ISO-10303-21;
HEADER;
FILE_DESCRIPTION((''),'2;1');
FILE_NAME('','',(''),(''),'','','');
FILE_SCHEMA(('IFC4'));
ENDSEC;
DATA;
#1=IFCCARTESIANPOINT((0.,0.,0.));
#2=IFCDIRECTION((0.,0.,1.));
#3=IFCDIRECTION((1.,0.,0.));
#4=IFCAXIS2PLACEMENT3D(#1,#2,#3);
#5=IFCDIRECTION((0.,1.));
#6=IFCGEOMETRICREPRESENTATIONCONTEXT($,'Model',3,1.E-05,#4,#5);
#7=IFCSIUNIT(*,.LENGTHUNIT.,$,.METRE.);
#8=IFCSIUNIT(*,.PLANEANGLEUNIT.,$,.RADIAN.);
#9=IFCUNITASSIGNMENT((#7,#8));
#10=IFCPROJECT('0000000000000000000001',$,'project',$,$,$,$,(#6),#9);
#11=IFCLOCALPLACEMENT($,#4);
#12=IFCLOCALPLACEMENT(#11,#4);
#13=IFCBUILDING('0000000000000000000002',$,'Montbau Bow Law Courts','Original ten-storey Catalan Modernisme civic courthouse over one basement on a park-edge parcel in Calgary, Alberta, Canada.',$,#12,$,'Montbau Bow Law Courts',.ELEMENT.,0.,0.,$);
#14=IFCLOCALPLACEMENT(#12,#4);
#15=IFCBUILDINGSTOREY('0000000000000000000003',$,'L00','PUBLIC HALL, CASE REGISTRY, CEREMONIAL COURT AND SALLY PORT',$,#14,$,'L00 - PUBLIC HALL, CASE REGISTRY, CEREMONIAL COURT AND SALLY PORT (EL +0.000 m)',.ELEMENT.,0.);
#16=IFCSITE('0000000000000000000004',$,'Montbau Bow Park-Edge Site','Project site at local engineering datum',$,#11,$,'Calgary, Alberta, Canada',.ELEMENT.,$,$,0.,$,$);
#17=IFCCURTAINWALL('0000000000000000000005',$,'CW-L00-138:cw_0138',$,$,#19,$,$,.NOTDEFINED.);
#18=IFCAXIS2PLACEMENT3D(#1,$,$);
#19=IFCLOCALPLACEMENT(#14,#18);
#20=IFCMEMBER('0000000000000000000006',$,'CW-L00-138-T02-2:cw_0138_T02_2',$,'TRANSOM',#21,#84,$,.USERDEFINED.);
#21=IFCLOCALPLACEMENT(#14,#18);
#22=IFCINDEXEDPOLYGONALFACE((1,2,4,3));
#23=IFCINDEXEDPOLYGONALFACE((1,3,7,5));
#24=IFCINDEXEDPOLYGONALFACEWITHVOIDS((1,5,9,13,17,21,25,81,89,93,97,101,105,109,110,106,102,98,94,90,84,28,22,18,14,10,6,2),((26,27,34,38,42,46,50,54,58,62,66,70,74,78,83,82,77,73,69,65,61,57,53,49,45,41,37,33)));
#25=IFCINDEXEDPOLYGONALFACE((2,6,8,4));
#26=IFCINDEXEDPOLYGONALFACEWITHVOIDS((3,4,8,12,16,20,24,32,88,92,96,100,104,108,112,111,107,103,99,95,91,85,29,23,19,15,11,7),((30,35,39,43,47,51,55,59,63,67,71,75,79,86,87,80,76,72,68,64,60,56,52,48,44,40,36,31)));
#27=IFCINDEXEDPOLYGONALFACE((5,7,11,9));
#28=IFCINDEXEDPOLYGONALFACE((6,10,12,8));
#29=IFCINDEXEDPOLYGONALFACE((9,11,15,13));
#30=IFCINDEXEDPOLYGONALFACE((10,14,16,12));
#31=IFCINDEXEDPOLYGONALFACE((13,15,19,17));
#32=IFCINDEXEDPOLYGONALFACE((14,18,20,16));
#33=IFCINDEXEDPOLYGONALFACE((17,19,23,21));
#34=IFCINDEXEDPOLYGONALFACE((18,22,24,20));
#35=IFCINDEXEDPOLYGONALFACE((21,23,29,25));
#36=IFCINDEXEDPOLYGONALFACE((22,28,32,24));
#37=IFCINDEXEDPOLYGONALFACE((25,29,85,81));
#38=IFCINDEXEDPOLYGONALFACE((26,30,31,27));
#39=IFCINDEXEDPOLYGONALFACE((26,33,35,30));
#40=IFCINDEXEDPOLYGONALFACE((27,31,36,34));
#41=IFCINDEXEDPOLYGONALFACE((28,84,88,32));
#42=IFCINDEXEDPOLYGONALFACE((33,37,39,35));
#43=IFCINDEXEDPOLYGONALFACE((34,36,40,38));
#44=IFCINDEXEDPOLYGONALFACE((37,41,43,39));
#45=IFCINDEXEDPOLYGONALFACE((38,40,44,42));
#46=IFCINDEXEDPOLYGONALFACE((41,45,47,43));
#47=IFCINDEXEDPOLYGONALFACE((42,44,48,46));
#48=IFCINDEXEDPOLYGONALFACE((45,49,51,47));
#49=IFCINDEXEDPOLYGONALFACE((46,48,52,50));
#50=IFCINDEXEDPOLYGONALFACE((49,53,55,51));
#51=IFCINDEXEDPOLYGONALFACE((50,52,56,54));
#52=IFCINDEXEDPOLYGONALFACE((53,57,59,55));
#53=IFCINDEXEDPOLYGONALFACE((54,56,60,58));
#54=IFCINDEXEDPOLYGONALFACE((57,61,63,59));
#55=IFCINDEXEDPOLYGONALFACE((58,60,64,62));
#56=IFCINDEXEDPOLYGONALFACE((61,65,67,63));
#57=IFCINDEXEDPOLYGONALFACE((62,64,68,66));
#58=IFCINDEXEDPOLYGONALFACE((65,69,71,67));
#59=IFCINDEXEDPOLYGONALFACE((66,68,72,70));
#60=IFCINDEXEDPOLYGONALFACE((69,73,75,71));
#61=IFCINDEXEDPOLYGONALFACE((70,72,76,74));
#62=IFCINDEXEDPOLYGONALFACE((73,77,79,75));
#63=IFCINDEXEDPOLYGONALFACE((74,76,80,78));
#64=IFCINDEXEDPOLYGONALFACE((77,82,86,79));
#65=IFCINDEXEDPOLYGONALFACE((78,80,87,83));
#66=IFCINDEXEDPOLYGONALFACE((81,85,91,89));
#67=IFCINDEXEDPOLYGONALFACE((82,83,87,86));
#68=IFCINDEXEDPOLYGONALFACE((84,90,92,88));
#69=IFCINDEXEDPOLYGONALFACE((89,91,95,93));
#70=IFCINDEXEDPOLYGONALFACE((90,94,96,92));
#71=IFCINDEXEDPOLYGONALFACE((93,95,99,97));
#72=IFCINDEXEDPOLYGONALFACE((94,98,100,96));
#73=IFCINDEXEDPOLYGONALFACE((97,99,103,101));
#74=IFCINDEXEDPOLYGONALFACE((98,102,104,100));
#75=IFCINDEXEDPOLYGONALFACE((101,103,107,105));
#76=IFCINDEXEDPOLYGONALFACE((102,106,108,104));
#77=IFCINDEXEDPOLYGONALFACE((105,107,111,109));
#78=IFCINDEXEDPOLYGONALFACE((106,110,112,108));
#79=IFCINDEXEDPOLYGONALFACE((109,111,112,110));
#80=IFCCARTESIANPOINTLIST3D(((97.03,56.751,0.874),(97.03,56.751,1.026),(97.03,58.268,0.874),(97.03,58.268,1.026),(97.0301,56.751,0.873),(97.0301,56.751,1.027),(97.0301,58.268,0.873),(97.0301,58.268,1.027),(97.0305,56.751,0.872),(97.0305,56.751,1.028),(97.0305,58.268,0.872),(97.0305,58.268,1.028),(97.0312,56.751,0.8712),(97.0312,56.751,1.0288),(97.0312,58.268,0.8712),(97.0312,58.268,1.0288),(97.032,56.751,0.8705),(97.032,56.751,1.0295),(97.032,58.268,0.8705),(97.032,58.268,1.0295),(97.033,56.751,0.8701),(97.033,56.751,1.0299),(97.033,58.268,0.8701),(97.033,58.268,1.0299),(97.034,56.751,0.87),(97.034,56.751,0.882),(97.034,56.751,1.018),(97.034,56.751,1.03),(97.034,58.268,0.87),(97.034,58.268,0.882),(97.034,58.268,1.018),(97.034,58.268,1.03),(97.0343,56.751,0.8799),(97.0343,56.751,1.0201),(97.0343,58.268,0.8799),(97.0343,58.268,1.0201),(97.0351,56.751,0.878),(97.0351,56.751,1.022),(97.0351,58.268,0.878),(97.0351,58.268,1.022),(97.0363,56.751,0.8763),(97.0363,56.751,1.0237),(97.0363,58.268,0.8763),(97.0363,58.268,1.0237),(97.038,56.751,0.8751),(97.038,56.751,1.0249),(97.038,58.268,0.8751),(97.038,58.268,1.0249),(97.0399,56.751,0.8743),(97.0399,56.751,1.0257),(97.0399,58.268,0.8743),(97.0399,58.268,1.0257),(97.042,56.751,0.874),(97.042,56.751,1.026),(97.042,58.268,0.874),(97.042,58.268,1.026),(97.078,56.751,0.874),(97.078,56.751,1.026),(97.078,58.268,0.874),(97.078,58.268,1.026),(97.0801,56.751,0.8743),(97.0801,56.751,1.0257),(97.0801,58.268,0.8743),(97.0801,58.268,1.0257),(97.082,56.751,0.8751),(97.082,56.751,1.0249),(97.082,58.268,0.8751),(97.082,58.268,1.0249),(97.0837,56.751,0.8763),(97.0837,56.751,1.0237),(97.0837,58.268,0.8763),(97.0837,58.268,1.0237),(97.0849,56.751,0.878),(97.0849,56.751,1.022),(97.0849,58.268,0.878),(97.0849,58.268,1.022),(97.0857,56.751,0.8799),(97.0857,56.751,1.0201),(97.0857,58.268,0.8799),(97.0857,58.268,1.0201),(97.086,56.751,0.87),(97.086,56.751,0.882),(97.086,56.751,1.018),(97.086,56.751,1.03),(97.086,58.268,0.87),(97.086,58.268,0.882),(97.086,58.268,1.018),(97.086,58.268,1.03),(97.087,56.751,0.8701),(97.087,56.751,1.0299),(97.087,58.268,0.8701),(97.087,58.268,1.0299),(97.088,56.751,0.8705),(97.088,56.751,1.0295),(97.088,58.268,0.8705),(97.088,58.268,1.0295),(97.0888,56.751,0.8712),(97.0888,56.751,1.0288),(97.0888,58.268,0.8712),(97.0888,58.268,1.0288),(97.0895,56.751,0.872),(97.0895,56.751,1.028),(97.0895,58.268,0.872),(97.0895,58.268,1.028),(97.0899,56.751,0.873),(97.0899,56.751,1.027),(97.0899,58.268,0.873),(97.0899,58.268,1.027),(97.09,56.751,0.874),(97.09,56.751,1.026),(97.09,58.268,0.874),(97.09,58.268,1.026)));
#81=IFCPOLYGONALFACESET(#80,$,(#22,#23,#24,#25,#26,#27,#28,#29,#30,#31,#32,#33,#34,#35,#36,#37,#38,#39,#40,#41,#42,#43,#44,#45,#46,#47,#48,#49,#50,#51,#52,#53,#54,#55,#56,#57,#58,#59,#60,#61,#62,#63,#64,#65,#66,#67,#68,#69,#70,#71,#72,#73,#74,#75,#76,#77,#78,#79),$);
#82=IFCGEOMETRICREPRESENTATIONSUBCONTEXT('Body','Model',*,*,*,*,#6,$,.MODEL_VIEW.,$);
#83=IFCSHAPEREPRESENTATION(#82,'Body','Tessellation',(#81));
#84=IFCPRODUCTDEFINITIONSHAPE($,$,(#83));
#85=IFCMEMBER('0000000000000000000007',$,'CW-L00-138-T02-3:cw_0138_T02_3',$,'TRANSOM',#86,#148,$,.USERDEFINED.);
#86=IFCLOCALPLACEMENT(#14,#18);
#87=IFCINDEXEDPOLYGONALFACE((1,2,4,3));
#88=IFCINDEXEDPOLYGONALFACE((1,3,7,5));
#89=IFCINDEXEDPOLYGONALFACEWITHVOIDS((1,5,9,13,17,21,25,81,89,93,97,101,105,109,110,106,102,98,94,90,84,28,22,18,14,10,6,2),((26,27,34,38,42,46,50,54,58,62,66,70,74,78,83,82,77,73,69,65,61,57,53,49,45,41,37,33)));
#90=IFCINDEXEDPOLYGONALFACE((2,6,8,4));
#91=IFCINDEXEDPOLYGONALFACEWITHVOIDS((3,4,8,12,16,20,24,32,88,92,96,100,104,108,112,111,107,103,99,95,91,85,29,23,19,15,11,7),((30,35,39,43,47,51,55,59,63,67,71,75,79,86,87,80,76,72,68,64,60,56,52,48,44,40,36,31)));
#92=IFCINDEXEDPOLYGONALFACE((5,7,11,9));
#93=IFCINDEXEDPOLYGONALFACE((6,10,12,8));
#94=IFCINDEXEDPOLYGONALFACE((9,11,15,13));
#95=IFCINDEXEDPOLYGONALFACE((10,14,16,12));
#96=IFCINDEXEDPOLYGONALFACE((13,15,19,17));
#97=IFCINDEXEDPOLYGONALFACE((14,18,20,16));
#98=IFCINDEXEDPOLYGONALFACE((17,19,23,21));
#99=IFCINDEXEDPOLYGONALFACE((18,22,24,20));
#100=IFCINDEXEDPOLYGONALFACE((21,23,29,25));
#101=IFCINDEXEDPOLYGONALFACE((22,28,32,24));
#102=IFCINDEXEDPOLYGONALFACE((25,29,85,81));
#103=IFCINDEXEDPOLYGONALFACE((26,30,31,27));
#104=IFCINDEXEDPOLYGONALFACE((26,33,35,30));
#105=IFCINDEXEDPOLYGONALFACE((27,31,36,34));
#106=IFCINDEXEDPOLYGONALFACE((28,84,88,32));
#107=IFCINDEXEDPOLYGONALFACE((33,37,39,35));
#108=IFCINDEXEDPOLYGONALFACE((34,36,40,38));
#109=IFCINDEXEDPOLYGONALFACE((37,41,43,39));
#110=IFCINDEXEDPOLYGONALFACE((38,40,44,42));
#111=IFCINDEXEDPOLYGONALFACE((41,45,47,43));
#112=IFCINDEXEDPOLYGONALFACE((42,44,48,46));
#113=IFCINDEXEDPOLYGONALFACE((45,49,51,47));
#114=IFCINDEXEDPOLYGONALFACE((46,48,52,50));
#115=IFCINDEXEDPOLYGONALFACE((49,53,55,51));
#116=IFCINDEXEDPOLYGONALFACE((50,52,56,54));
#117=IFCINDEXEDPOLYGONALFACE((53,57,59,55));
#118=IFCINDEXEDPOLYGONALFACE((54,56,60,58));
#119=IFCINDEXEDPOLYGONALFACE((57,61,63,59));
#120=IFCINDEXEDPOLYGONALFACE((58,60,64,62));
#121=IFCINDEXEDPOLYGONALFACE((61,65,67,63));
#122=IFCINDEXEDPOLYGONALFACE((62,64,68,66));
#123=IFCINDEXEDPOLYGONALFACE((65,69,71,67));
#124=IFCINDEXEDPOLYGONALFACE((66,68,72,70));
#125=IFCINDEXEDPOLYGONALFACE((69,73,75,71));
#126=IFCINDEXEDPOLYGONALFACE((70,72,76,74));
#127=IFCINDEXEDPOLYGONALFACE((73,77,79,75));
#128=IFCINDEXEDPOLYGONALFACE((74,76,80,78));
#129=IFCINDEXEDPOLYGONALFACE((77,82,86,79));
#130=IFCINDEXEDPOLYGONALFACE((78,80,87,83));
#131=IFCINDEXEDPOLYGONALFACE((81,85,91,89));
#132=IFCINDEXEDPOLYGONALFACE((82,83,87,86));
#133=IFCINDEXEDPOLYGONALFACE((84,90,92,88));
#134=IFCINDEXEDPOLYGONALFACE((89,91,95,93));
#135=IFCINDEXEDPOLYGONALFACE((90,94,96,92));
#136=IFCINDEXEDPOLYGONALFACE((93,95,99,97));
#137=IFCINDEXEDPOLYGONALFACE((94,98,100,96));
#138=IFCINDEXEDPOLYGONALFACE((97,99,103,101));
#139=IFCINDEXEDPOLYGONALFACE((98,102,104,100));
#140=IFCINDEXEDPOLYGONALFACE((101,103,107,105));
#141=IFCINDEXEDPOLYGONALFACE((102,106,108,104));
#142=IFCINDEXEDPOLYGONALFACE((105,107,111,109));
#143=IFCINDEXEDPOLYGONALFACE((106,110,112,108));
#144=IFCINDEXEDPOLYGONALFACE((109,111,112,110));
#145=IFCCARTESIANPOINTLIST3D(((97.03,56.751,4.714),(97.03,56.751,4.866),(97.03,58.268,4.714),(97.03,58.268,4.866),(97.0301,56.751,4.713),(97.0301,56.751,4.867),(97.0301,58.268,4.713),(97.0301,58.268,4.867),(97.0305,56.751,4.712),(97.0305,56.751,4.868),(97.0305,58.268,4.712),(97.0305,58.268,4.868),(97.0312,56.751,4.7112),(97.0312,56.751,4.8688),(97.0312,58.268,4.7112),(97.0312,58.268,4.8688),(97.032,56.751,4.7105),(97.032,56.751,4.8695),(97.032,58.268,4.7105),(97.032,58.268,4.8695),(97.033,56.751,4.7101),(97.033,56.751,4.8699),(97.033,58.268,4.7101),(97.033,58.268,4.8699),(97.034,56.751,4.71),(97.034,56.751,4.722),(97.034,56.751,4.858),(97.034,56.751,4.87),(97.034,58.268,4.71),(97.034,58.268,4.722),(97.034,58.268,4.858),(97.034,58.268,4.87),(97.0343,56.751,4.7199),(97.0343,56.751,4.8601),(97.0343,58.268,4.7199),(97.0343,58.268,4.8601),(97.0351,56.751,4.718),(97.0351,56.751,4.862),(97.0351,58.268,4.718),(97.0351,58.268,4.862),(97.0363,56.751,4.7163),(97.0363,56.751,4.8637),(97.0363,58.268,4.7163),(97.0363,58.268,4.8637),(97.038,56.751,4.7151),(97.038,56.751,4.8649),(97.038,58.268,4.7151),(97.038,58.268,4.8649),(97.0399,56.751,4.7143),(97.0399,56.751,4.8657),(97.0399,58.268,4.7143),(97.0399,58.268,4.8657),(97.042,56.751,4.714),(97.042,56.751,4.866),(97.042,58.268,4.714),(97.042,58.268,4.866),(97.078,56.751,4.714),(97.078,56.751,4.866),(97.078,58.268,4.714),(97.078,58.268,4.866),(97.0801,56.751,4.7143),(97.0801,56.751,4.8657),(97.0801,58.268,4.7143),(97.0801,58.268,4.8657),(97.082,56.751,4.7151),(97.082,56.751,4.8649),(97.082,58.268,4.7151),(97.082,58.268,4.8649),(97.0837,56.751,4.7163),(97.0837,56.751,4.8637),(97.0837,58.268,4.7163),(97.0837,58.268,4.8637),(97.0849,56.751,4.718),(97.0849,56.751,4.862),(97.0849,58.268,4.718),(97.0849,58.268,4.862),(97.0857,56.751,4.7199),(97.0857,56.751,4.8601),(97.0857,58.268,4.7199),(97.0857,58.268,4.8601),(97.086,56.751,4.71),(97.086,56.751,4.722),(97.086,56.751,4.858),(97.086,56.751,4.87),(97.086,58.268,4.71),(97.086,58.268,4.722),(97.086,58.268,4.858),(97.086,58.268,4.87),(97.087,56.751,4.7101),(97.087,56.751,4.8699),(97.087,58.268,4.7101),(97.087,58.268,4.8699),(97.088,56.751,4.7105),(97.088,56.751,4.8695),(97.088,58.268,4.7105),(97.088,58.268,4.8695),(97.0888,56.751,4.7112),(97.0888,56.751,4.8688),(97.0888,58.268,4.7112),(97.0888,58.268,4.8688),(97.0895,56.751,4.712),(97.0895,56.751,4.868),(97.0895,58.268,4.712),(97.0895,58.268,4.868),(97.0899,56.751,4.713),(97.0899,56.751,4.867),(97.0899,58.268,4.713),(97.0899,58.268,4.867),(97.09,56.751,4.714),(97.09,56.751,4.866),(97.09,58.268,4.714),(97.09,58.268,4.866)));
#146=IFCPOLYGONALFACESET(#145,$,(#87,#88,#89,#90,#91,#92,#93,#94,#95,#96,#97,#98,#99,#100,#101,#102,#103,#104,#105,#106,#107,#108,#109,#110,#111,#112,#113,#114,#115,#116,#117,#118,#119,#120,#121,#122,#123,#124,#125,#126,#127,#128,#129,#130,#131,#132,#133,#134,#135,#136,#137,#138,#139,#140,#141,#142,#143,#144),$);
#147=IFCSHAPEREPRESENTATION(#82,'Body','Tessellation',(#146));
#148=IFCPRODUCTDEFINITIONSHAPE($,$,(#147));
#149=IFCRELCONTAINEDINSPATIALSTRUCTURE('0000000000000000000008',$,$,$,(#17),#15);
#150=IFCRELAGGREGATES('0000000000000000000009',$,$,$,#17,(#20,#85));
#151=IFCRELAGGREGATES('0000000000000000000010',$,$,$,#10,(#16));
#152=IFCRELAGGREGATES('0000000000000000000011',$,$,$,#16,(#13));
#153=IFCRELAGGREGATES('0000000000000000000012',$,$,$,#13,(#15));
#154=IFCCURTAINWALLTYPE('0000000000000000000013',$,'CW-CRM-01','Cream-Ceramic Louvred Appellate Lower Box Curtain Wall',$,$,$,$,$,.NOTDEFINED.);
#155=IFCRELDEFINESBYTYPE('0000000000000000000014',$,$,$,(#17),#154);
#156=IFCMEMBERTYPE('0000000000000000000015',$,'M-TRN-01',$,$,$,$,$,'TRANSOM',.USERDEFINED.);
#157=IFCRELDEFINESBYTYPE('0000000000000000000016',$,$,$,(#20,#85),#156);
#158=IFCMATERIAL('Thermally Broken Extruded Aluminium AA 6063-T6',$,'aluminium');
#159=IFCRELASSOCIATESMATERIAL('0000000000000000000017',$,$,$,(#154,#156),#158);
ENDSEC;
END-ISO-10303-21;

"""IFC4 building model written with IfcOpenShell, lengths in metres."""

from ifc_helpers import new_model, si_unit, direction, frame, origin_with_axes, origin_2d_with_axis, place, context, subcontext, project, spatial, hollow_rectangle, extrude, material, material_profile, profile_set, type_object, element, aggregate, save


model = new_model("IFC4")

# Units and contexts
model_context = context("Model", 3, precision=1e-05, world=origin_with_axes(), true_north=direction((0.0, 1.0)))
body_context = subcontext(model_context, "Body", "Model", "MODEL_VIEW")
ifc_project = project(units=[si_unit("LENGTHUNIT", "METRE"), si_unit("PLANEANGLEUNIT", "RADIAN")], contexts=[model_context])

# Site, building, storey
site_placement = place(None, origin_with_axes())
site = spatial("IfcSite", under=ifc_project, at=site_placement, Name="Montbau Bow Park-Edge Site", Description="Project site at local engineering datum", LongName="Calgary, Alberta, Canada", CompositionType="ELEMENT", RefElevation=0.0)
building_placement = place(site_placement, origin_with_axes())
building = spatial("IfcBuilding", under=site, at=building_placement, Name="Montbau Bow Law Courts", Description="Original ten-storey Catalan Modernisme civic courthouse over one basement on a park-edge parcel in Calgary, Alberta, Canada.", LongName="Montbau Bow Law Courts", CompositionType="ELEMENT", ElevationOfRefHeight=0.0, ElevationOfTerrain=0.0)
storey_placement = place(building_placement, origin_with_axes())
storey = spatial("IfcBuildingStorey", under=building, at=storey_placement, Name="L00", Description="PUBLIC HALL, CASE REGISTRY, CEREMONIAL COURT AND SALLY PORT", LongName="L00 - PUBLIC HALL, CASE REGISTRY, CEREMONIAL COURT AND SALLY PORT (EL +0.000 m)", CompositionType="ELEMENT", Elevation=0.0)

# Curtain wall
ifc_material_1 = material(Name="Thermally Broken Extruded Aluminium AA 6063-T6", Category="aluminium")
curtain_wall_type = type_object("IfcCurtainWallType", Name="CW-CRM-01", Description="Cream-Ceramic Louvred Appellate Lower Box Curtain Wall", PredefinedType="NOTDEFINED", material=ifc_material_1)
curtain_wall_1_placement = place(None, frame((97.06, 55.115, 0.0), z_axis=(0.0, 0.0, 1.0), x_axis=(1.0, 0.0, 0.0)))
curtain_wall_1 = element("IfcCurtainWall", 1, at=curtain_wall_1_placement, inside=storey, type_object=curtain_wall_type, Name="CW-L00-138:cw_0138", PredefinedType="NOTDEFINED")

# Members
ifc_material_profile_1 = material_profile(ifc_material_1, hollow_rectangle(XDim=0.06, YDim=0.16, WallThickness=0.004, InnerFilletRadius=0.008, OuterFilletRadius=0.004, at=origin_2d_with_axis()), Name="CWT-160X60", Category="Main", Priority=0)
ifc_profile_set_1 = profile_set([ifc_material_profile_1], Name="Thermally Broken Extruded Aluminium AA 6063-T6")
member_type_1 = type_object("IfcMemberType", Name="M-TRN-01", ElementType="TRANSOM", PredefinedType="USERDEFINED", material=ifc_profile_set_1)
member_1_placement = place(None, frame((97.06, 56.751, 0.95), z_axis=(0.0, 1.0, 0.0), x_axis=(-1.0, 0.0, 0.0)))
member_1 = element("IfcMember", 2, at=member_1_placement, type_object=member_type_1, Name="CW-L00-138-T02-2:cw_0138_T02_2", ObjectType="TRANSOM", PredefinedType="USERDEFINED", context=body_context, shape_type="SweptSolid", body=[
    extrude(hollow_rectangle(XDim=0.06, YDim=0.16, WallThickness=0.004, InnerFilletRadius=0.008, OuterFilletRadius=0.004, at=origin_2d_with_axis()), origin_with_axes(), (0.0, 0.0, 1.0), 1.517),
])
member_2_placement = place(None, frame((97.06, 56.751, 4.79), z_axis=(0.0, 1.0, 0.0), x_axis=(-1.0, 0.0, 0.0)))
member_2 = element("IfcMember", 3, at=member_2_placement, type_object=member_type_1, Name="CW-L00-138-T02-3:cw_0138_T02_3", ObjectType="TRANSOM", PredefinedType="USERDEFINED", context=body_context, shape_type="SweptSolid", body=[
    extrude(hollow_rectangle(XDim=0.06, YDim=0.16, WallThickness=0.004, InnerFilletRadius=0.008, OuterFilletRadius=0.004, at=origin_2d_with_axis()), origin_with_axes(), (0.0, 0.0, 1.0), 1.517),
])

aggregate(curtain_wall_1, [member_1, member_2])

save(model, "model.ifc")
